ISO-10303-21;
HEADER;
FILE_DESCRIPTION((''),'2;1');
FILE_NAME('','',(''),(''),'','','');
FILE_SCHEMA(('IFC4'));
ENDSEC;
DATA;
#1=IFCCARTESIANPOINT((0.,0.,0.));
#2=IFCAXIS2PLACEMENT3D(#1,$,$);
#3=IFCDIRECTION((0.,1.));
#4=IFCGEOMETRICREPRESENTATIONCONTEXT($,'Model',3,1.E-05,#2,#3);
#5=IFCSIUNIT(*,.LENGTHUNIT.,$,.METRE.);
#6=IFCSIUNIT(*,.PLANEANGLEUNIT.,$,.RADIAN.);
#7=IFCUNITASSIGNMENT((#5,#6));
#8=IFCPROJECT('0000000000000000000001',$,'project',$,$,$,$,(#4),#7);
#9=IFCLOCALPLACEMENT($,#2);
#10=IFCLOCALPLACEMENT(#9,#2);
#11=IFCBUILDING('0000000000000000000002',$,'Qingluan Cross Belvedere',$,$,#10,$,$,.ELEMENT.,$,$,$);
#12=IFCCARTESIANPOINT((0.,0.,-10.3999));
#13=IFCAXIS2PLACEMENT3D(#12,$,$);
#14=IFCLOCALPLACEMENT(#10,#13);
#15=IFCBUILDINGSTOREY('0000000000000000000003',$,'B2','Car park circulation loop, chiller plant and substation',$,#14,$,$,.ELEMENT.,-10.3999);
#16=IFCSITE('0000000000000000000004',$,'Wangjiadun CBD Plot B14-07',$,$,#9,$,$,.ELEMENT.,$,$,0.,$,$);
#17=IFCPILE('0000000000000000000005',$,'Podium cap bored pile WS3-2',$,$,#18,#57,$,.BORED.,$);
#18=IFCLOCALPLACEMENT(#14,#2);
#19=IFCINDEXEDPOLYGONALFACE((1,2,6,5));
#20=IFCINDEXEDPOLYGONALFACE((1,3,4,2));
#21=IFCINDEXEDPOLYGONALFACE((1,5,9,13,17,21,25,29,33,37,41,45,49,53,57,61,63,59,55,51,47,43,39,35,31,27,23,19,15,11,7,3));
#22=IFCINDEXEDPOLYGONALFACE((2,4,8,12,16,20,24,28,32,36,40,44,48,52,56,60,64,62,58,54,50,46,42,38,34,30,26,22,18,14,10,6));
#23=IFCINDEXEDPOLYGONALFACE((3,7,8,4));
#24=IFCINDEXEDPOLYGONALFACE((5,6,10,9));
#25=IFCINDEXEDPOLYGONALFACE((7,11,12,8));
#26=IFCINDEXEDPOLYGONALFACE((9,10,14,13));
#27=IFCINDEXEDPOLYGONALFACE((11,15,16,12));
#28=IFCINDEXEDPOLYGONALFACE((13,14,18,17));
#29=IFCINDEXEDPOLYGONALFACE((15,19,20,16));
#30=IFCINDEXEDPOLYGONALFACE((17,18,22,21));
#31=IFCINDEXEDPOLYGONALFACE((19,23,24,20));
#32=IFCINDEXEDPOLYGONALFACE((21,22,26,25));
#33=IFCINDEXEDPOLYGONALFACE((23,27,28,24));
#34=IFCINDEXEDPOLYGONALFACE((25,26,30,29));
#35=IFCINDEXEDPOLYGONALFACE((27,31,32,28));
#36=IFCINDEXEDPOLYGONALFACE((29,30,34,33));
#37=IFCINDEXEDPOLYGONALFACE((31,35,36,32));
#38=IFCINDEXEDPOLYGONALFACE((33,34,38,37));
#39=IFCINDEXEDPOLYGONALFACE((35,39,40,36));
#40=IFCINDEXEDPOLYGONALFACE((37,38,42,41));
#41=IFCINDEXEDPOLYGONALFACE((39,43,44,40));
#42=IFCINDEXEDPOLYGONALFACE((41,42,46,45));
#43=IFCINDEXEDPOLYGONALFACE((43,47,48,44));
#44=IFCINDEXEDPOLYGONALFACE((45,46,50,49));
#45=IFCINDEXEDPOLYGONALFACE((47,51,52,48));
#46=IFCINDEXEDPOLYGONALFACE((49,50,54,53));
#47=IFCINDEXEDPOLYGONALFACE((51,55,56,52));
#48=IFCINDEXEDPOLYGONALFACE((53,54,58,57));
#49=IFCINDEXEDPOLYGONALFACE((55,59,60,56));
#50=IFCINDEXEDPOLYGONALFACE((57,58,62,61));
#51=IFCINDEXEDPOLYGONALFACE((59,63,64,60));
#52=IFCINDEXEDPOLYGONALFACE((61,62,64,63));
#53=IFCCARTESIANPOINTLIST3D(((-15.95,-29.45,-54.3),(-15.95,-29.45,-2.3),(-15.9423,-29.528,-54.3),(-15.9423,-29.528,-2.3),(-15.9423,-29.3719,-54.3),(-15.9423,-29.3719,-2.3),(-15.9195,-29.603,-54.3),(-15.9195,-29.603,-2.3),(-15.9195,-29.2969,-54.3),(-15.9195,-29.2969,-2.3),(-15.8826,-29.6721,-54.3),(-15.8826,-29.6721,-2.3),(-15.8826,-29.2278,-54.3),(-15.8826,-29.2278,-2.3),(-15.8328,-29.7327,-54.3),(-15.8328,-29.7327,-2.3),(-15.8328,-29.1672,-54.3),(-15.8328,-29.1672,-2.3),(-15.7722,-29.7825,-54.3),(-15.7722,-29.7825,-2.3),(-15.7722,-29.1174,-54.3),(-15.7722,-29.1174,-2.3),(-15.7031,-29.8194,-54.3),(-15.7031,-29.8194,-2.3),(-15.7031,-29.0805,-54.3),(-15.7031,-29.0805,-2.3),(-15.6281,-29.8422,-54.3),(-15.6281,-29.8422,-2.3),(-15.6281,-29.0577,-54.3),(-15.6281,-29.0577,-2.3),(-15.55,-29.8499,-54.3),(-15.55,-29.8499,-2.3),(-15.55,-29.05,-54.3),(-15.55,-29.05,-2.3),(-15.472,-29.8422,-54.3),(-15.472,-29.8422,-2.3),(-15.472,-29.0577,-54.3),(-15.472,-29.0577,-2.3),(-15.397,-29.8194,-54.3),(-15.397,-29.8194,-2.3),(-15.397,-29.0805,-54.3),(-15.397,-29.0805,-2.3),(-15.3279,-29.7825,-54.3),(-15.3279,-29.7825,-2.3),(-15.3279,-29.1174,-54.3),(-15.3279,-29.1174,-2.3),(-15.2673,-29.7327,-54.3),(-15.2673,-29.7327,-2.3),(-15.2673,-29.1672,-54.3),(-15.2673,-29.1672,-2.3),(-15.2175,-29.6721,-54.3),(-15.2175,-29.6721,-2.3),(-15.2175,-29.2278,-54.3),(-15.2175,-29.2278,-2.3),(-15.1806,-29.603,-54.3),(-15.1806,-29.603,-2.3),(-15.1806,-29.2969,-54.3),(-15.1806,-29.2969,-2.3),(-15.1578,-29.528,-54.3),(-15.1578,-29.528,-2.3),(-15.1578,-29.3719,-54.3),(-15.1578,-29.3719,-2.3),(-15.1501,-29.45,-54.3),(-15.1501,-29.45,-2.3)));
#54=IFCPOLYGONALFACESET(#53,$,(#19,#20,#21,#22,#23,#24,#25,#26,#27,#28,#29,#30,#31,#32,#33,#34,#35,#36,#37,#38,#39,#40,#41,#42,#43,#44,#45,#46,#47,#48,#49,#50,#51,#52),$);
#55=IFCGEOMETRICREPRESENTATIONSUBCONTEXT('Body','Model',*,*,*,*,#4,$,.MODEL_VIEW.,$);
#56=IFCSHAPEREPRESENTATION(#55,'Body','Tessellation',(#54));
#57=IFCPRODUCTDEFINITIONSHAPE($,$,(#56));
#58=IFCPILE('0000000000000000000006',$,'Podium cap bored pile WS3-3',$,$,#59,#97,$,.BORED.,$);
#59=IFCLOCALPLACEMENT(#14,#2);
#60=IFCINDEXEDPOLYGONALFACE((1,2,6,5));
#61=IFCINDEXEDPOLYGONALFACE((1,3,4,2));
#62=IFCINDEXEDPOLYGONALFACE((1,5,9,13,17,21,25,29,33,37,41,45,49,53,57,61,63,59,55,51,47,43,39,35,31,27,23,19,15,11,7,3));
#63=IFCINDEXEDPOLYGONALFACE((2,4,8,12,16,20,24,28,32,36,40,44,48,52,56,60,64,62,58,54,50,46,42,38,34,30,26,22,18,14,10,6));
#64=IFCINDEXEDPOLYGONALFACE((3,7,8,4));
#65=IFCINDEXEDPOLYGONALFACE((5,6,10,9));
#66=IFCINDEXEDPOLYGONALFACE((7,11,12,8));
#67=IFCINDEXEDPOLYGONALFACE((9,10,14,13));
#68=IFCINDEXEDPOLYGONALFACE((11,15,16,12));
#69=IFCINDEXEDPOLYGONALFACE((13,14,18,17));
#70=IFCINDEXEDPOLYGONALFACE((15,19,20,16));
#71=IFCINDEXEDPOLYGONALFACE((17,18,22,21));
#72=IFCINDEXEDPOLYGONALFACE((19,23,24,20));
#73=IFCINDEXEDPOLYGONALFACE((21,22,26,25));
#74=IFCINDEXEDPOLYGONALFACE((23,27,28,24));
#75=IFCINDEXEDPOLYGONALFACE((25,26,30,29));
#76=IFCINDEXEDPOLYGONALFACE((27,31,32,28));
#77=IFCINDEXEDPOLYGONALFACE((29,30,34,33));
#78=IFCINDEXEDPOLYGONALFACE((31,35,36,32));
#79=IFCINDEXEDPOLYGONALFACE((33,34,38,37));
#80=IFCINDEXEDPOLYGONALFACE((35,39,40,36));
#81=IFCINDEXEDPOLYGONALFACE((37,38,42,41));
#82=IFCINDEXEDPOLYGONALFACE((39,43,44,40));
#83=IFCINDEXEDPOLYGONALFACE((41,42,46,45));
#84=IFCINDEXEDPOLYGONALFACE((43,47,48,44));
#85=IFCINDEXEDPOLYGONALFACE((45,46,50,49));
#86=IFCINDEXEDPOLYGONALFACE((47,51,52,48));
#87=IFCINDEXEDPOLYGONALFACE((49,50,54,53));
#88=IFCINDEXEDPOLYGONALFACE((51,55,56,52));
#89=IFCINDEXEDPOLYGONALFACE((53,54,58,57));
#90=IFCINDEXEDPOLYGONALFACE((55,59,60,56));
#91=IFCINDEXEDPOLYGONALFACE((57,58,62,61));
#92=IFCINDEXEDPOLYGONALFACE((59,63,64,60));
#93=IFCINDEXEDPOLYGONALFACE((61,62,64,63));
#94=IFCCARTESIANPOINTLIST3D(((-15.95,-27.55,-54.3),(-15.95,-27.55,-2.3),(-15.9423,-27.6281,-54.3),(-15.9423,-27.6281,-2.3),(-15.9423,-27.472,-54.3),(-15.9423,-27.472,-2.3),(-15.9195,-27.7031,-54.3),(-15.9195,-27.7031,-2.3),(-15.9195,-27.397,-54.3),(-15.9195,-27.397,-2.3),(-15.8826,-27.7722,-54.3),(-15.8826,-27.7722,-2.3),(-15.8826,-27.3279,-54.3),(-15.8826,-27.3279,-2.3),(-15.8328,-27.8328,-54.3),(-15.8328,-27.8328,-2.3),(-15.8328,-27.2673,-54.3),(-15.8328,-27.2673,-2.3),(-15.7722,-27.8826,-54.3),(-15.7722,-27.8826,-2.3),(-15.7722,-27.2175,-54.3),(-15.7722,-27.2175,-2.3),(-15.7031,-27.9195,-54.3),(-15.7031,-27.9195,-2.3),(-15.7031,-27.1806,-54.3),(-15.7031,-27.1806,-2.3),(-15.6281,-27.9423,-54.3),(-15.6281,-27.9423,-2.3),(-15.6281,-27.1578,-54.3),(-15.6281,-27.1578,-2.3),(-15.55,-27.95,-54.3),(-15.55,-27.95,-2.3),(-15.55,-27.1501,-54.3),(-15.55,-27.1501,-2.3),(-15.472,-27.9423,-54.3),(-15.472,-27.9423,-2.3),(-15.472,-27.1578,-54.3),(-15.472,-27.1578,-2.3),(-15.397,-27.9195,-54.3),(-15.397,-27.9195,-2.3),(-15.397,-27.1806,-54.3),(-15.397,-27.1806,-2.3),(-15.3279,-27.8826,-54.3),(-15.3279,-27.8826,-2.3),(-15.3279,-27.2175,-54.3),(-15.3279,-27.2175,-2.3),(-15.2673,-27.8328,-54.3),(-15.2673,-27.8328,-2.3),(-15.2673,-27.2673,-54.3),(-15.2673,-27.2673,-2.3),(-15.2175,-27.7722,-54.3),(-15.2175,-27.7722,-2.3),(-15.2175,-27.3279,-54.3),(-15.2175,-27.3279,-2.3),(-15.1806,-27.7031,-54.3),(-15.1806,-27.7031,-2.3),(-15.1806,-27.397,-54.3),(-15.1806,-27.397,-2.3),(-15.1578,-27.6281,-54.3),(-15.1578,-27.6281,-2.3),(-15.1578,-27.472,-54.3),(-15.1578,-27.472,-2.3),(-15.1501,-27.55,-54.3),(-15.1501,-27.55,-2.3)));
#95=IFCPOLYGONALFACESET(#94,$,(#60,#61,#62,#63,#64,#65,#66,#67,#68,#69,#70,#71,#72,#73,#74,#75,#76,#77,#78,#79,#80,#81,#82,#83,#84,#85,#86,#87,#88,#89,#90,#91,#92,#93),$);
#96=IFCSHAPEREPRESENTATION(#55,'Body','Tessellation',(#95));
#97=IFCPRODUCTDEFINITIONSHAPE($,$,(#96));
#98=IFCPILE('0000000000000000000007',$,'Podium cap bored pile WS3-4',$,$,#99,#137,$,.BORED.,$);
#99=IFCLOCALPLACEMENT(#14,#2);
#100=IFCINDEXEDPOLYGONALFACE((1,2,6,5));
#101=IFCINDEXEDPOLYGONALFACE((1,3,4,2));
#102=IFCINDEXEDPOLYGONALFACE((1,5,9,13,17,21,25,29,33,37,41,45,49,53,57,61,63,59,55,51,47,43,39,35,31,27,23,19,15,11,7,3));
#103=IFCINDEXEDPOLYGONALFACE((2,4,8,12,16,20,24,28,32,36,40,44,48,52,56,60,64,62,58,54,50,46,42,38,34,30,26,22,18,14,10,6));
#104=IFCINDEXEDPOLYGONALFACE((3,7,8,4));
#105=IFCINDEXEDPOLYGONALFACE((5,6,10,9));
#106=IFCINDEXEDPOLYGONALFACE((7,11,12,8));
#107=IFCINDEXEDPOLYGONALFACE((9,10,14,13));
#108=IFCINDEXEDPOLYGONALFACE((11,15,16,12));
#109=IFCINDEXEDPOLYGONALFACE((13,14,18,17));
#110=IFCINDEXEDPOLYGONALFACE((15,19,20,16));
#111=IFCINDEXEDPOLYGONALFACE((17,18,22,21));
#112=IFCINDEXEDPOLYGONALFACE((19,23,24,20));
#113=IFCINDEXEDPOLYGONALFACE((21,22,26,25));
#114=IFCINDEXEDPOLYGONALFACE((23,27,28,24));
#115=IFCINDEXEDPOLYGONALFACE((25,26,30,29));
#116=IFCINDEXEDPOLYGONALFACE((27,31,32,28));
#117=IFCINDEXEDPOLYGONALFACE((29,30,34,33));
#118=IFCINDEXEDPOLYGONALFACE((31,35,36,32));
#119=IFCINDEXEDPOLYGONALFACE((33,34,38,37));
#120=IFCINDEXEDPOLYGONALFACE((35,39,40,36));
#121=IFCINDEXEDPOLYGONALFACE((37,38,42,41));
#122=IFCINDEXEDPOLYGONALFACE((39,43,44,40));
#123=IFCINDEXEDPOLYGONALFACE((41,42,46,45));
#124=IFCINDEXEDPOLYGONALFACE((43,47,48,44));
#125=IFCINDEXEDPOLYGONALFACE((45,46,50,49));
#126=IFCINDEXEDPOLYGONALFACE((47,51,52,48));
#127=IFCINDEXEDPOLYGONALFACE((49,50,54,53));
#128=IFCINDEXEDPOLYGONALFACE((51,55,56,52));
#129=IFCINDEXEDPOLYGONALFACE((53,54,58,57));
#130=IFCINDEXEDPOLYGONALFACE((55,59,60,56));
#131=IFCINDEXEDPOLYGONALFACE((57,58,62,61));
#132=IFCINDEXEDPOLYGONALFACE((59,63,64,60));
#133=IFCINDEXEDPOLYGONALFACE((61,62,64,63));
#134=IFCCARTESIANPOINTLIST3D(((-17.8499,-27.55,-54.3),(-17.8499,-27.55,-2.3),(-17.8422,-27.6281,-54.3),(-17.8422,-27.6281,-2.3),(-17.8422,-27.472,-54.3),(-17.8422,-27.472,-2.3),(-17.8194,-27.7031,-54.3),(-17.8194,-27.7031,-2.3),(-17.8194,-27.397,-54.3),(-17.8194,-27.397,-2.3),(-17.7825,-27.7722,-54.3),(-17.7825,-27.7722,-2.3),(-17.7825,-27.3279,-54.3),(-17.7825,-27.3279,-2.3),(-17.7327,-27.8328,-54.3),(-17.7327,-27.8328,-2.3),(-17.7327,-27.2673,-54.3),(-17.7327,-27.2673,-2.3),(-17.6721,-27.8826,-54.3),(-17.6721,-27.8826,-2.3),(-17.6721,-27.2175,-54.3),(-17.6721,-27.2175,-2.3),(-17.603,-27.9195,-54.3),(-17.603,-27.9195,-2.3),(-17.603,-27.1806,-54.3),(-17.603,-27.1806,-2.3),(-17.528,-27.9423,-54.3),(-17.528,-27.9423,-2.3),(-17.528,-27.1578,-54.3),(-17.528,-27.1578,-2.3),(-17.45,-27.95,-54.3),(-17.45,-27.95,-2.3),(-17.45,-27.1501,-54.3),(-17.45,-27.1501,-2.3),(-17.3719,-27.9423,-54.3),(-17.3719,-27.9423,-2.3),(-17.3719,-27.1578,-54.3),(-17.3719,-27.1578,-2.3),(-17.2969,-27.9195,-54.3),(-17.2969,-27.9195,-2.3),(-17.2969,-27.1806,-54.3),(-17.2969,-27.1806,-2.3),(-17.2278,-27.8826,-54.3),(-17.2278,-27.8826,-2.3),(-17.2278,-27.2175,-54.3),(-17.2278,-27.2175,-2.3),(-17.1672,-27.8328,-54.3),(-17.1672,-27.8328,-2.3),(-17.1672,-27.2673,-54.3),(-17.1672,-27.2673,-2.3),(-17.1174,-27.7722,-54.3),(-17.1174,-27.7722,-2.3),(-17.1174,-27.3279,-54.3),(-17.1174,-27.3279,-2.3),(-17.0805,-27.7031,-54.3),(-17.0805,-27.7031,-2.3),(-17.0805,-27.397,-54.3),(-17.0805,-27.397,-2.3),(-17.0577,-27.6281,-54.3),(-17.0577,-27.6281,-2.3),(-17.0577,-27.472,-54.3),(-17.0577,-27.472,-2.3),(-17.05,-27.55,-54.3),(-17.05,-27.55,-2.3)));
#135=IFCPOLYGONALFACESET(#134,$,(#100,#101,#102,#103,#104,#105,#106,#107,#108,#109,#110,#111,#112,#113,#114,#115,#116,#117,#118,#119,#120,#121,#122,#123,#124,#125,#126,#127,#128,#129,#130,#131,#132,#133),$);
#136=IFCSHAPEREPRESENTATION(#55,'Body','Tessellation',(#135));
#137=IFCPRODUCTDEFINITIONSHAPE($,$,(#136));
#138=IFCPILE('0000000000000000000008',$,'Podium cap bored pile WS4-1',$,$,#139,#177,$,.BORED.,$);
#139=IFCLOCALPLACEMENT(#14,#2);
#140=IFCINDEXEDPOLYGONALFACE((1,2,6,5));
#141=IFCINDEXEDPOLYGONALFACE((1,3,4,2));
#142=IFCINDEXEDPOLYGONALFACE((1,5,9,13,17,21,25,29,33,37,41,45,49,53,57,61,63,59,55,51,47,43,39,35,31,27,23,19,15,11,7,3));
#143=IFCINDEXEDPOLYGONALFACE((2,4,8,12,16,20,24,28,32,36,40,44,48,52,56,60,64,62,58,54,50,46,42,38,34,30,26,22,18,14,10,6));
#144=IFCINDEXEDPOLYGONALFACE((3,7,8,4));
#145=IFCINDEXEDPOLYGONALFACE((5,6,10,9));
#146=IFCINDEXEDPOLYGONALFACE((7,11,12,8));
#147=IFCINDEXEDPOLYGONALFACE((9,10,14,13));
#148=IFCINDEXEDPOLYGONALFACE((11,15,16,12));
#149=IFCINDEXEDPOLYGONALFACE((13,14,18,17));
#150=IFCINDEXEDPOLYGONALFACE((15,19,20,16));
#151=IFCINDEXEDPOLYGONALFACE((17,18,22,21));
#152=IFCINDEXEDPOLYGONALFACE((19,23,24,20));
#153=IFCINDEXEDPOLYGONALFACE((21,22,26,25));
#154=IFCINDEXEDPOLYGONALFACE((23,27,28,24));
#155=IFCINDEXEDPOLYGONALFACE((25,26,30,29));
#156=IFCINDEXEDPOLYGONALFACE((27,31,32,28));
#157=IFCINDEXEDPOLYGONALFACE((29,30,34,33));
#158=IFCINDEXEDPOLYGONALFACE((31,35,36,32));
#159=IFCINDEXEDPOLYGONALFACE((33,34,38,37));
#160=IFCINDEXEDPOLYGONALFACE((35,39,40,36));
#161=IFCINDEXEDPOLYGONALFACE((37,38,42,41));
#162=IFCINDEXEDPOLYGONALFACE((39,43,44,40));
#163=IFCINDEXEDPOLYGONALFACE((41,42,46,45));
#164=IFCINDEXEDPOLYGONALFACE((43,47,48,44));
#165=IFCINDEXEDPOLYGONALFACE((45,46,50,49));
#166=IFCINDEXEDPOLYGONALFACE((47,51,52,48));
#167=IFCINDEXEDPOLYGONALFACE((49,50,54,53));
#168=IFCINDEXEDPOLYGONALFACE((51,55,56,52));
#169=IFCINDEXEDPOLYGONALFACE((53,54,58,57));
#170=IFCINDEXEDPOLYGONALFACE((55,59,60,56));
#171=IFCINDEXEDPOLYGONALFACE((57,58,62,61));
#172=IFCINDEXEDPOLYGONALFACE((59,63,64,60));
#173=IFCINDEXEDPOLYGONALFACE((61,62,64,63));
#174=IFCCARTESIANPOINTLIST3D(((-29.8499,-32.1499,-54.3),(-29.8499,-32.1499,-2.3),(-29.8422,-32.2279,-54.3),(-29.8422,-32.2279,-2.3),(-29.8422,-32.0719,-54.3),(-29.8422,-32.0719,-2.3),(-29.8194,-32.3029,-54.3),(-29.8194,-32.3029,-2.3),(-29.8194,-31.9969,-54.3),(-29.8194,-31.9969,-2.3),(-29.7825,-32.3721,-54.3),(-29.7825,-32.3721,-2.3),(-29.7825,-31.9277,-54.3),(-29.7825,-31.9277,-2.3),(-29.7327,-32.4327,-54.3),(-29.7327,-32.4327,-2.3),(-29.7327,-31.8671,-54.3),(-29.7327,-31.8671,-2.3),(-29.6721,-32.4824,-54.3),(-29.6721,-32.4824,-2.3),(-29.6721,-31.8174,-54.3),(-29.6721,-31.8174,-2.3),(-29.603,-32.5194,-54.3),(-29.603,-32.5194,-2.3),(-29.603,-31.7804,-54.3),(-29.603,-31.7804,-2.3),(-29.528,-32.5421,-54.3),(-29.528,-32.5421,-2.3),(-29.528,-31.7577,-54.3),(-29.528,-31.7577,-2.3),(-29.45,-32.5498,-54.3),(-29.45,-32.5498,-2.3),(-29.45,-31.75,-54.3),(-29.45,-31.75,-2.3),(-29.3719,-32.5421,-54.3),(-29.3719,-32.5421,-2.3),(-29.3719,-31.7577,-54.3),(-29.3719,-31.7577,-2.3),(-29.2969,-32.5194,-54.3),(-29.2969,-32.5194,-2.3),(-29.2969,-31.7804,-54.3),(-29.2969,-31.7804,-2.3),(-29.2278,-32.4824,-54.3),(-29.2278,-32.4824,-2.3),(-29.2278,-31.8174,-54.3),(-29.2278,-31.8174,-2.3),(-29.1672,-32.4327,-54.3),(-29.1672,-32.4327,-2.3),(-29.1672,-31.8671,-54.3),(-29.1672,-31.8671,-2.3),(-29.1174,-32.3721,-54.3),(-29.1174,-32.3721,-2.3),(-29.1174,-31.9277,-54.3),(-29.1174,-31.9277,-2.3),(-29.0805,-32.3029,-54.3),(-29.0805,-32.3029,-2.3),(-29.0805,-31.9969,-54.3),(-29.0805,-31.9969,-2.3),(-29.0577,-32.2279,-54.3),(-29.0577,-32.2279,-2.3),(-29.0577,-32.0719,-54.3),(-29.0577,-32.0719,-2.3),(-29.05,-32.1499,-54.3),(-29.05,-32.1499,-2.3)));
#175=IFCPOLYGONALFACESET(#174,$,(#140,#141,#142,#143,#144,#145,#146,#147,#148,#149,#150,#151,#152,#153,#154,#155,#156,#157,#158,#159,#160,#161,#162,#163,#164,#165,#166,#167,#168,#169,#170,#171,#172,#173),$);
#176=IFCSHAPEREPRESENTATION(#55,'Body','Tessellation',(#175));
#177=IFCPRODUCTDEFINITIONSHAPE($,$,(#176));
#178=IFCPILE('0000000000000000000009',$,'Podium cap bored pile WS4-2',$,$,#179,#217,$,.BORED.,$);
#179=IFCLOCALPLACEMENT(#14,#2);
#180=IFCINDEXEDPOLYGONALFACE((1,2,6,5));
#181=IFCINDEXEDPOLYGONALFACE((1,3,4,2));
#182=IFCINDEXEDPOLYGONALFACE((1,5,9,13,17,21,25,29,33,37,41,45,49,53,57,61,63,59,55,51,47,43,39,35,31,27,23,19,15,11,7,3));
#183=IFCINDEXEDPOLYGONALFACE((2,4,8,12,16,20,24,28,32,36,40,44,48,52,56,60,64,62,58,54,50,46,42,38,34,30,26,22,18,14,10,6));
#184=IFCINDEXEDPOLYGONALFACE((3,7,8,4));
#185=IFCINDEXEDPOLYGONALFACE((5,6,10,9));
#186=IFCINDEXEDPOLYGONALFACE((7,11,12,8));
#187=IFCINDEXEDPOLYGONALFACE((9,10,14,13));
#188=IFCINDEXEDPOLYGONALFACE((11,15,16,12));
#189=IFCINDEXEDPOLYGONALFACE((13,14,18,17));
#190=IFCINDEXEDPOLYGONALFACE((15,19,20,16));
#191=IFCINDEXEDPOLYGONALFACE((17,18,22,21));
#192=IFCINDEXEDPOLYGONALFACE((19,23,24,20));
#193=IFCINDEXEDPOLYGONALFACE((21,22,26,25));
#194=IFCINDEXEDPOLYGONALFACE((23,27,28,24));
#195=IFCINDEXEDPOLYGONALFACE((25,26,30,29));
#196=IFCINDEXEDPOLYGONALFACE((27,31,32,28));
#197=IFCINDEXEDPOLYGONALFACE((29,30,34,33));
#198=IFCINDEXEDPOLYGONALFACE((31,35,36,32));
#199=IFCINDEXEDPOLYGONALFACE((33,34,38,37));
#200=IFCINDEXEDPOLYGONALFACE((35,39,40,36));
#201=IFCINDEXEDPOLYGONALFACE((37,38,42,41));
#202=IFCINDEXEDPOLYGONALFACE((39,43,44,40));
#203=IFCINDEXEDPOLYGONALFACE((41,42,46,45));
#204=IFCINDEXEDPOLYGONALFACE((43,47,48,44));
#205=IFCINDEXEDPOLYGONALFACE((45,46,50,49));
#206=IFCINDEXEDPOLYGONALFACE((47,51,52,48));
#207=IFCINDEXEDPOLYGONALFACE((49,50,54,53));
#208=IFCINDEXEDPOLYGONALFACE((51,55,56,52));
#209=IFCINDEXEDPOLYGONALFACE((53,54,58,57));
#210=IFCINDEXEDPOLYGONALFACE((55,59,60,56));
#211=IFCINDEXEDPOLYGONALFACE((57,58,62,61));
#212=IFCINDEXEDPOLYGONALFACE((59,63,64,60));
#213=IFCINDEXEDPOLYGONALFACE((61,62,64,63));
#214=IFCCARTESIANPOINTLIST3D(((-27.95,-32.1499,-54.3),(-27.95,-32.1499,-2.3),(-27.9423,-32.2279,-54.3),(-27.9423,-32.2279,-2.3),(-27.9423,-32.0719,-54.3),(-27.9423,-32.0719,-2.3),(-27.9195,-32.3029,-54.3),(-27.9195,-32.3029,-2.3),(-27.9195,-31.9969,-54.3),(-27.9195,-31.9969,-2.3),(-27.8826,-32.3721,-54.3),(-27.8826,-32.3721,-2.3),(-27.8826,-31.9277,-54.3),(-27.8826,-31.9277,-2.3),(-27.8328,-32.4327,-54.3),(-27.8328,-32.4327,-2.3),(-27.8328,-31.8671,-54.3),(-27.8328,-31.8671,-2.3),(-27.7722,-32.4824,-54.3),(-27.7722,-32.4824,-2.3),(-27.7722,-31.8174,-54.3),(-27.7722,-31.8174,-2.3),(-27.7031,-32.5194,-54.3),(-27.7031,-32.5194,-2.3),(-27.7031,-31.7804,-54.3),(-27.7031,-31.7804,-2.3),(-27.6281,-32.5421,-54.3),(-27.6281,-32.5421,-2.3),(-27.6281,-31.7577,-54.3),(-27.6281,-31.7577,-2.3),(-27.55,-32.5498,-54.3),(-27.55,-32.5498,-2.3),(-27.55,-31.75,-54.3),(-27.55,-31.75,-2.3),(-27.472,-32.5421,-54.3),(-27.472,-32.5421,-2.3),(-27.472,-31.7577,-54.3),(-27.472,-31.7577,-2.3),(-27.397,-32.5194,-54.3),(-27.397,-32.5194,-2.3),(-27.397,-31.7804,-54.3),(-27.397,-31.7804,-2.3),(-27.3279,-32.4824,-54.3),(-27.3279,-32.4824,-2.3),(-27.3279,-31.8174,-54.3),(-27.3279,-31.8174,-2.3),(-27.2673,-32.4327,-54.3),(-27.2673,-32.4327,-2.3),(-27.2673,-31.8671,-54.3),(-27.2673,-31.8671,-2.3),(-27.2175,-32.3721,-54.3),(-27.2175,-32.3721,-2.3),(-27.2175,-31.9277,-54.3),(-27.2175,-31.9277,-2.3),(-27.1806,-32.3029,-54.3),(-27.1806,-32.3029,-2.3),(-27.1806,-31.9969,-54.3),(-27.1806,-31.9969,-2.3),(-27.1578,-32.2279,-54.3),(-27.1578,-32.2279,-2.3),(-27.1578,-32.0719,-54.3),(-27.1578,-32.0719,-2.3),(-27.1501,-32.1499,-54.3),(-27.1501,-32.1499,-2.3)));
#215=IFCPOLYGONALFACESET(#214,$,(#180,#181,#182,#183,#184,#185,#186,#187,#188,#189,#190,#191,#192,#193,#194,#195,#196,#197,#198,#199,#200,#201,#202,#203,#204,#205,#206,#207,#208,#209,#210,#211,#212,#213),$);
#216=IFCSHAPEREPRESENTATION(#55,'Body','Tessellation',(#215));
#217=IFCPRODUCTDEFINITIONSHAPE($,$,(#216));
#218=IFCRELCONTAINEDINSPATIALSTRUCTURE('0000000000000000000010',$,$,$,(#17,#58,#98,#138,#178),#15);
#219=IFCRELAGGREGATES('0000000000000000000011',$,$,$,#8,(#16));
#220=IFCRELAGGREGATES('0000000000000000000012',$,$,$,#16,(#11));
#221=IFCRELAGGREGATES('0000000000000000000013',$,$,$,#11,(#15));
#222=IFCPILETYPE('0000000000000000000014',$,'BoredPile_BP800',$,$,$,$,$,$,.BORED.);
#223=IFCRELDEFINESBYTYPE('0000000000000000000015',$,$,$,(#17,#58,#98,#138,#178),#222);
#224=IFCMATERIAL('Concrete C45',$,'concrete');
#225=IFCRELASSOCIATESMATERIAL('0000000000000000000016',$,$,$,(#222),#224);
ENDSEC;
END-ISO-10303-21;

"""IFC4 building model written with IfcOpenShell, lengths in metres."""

from ifc_helpers import new_model, si_unit, direction, frame, origin, origin_2d, place, context, subcontext, project, spatial, circle, extrude, material, material_profile, profile_set, type_object, element, save


model = new_model("IFC4")

# Units and contexts
model_context = context("Model", 3, precision=1e-05, world=origin(), true_north=direction((0.0, 1.0)))
body_context = subcontext(model_context, "Body", "Model", "MODEL_VIEW")
ifc_project = project(units=[si_unit("LENGTHUNIT", "METRE"), si_unit("PLANEANGLEUNIT", "RADIAN")], contexts=[model_context])

# Site, building, storey
site_placement = place(None, origin())
site = spatial("IfcSite", under=ifc_project, at=site_placement, Name="Wangjiadun CBD Plot B14-07", CompositionType="ELEMENT", RefElevation=0.0)
building_placement = place(site_placement, origin())
building = spatial("IfcBuilding", under=site, at=building_placement, Name="Qingluan Cross Belvedere", CompositionType="ELEMENT")
storey_placement = place(building_placement, frame((0.0, 0.0, -10.3999)))
storey = spatial("IfcBuildingStorey", under=building, at=storey_placement, Name="B2", Description="Car park circulation loop, chiller plant and substation", CompositionType="ELEMENT", Elevation=-10.3999)

# Piles
ifc_material_1 = material(Name="Concrete C45", Category="concrete")
ifc_material_profile_1 = material_profile(ifc_material_1, circle(Radius=0.3999, at=origin_2d()), Name="BP800")
ifc_profile_set_1 = profile_set([ifc_material_profile_1], Name="Concrete C45")
pile_type_1 = type_object("IfcPileType", Name="BoredPile_BP800", PredefinedType="BORED", material=ifc_profile_set_1)
for number, where, z_axis, x_axis, name in (
    (1, (-15.55, -29.45, -2.3), (0.0, 0.0, -1.0), (1.0, 0.0, 0.0), "Podium cap bored pile WS3-2"),
    (2, (-15.55, -27.55, -2.3), (0.0, 0.0, -1.0), (1.0, 0.0, 0.0), "Podium cap bored pile WS3-3"),
    (3, (-17.45, -27.55, -2.3), (0.0, 0.0, -1.0), (1.0, 0.0, 0.0), "Podium cap bored pile WS3-4"),
    (4, (-29.45, -32.1499, -2.3), (0.0, 0.0, -1.0), (1.0, 0.0, 0.0), "Podium cap bored pile WS4-1"),
    (5, (-27.55, -32.1499, -2.3), (0.0, 0.0, -1.0), (1.0, 0.0, 0.0), "Podium cap bored pile WS4-2"),
):
    element("IfcPile", number, at=place(storey_placement, frame(where, z_axis=z_axis, x_axis=x_axis)), inside=storey, type_object=pile_type_1, Name=name, PredefinedType="BORED", context=body_context, shape_type="SweptSolid", body=[
        extrude(circle(Radius=0.3999, at=origin_2d()), origin(), (0.0, 0.0, 1.0), 52.0),
    ])

save(model, "model.ifc")
